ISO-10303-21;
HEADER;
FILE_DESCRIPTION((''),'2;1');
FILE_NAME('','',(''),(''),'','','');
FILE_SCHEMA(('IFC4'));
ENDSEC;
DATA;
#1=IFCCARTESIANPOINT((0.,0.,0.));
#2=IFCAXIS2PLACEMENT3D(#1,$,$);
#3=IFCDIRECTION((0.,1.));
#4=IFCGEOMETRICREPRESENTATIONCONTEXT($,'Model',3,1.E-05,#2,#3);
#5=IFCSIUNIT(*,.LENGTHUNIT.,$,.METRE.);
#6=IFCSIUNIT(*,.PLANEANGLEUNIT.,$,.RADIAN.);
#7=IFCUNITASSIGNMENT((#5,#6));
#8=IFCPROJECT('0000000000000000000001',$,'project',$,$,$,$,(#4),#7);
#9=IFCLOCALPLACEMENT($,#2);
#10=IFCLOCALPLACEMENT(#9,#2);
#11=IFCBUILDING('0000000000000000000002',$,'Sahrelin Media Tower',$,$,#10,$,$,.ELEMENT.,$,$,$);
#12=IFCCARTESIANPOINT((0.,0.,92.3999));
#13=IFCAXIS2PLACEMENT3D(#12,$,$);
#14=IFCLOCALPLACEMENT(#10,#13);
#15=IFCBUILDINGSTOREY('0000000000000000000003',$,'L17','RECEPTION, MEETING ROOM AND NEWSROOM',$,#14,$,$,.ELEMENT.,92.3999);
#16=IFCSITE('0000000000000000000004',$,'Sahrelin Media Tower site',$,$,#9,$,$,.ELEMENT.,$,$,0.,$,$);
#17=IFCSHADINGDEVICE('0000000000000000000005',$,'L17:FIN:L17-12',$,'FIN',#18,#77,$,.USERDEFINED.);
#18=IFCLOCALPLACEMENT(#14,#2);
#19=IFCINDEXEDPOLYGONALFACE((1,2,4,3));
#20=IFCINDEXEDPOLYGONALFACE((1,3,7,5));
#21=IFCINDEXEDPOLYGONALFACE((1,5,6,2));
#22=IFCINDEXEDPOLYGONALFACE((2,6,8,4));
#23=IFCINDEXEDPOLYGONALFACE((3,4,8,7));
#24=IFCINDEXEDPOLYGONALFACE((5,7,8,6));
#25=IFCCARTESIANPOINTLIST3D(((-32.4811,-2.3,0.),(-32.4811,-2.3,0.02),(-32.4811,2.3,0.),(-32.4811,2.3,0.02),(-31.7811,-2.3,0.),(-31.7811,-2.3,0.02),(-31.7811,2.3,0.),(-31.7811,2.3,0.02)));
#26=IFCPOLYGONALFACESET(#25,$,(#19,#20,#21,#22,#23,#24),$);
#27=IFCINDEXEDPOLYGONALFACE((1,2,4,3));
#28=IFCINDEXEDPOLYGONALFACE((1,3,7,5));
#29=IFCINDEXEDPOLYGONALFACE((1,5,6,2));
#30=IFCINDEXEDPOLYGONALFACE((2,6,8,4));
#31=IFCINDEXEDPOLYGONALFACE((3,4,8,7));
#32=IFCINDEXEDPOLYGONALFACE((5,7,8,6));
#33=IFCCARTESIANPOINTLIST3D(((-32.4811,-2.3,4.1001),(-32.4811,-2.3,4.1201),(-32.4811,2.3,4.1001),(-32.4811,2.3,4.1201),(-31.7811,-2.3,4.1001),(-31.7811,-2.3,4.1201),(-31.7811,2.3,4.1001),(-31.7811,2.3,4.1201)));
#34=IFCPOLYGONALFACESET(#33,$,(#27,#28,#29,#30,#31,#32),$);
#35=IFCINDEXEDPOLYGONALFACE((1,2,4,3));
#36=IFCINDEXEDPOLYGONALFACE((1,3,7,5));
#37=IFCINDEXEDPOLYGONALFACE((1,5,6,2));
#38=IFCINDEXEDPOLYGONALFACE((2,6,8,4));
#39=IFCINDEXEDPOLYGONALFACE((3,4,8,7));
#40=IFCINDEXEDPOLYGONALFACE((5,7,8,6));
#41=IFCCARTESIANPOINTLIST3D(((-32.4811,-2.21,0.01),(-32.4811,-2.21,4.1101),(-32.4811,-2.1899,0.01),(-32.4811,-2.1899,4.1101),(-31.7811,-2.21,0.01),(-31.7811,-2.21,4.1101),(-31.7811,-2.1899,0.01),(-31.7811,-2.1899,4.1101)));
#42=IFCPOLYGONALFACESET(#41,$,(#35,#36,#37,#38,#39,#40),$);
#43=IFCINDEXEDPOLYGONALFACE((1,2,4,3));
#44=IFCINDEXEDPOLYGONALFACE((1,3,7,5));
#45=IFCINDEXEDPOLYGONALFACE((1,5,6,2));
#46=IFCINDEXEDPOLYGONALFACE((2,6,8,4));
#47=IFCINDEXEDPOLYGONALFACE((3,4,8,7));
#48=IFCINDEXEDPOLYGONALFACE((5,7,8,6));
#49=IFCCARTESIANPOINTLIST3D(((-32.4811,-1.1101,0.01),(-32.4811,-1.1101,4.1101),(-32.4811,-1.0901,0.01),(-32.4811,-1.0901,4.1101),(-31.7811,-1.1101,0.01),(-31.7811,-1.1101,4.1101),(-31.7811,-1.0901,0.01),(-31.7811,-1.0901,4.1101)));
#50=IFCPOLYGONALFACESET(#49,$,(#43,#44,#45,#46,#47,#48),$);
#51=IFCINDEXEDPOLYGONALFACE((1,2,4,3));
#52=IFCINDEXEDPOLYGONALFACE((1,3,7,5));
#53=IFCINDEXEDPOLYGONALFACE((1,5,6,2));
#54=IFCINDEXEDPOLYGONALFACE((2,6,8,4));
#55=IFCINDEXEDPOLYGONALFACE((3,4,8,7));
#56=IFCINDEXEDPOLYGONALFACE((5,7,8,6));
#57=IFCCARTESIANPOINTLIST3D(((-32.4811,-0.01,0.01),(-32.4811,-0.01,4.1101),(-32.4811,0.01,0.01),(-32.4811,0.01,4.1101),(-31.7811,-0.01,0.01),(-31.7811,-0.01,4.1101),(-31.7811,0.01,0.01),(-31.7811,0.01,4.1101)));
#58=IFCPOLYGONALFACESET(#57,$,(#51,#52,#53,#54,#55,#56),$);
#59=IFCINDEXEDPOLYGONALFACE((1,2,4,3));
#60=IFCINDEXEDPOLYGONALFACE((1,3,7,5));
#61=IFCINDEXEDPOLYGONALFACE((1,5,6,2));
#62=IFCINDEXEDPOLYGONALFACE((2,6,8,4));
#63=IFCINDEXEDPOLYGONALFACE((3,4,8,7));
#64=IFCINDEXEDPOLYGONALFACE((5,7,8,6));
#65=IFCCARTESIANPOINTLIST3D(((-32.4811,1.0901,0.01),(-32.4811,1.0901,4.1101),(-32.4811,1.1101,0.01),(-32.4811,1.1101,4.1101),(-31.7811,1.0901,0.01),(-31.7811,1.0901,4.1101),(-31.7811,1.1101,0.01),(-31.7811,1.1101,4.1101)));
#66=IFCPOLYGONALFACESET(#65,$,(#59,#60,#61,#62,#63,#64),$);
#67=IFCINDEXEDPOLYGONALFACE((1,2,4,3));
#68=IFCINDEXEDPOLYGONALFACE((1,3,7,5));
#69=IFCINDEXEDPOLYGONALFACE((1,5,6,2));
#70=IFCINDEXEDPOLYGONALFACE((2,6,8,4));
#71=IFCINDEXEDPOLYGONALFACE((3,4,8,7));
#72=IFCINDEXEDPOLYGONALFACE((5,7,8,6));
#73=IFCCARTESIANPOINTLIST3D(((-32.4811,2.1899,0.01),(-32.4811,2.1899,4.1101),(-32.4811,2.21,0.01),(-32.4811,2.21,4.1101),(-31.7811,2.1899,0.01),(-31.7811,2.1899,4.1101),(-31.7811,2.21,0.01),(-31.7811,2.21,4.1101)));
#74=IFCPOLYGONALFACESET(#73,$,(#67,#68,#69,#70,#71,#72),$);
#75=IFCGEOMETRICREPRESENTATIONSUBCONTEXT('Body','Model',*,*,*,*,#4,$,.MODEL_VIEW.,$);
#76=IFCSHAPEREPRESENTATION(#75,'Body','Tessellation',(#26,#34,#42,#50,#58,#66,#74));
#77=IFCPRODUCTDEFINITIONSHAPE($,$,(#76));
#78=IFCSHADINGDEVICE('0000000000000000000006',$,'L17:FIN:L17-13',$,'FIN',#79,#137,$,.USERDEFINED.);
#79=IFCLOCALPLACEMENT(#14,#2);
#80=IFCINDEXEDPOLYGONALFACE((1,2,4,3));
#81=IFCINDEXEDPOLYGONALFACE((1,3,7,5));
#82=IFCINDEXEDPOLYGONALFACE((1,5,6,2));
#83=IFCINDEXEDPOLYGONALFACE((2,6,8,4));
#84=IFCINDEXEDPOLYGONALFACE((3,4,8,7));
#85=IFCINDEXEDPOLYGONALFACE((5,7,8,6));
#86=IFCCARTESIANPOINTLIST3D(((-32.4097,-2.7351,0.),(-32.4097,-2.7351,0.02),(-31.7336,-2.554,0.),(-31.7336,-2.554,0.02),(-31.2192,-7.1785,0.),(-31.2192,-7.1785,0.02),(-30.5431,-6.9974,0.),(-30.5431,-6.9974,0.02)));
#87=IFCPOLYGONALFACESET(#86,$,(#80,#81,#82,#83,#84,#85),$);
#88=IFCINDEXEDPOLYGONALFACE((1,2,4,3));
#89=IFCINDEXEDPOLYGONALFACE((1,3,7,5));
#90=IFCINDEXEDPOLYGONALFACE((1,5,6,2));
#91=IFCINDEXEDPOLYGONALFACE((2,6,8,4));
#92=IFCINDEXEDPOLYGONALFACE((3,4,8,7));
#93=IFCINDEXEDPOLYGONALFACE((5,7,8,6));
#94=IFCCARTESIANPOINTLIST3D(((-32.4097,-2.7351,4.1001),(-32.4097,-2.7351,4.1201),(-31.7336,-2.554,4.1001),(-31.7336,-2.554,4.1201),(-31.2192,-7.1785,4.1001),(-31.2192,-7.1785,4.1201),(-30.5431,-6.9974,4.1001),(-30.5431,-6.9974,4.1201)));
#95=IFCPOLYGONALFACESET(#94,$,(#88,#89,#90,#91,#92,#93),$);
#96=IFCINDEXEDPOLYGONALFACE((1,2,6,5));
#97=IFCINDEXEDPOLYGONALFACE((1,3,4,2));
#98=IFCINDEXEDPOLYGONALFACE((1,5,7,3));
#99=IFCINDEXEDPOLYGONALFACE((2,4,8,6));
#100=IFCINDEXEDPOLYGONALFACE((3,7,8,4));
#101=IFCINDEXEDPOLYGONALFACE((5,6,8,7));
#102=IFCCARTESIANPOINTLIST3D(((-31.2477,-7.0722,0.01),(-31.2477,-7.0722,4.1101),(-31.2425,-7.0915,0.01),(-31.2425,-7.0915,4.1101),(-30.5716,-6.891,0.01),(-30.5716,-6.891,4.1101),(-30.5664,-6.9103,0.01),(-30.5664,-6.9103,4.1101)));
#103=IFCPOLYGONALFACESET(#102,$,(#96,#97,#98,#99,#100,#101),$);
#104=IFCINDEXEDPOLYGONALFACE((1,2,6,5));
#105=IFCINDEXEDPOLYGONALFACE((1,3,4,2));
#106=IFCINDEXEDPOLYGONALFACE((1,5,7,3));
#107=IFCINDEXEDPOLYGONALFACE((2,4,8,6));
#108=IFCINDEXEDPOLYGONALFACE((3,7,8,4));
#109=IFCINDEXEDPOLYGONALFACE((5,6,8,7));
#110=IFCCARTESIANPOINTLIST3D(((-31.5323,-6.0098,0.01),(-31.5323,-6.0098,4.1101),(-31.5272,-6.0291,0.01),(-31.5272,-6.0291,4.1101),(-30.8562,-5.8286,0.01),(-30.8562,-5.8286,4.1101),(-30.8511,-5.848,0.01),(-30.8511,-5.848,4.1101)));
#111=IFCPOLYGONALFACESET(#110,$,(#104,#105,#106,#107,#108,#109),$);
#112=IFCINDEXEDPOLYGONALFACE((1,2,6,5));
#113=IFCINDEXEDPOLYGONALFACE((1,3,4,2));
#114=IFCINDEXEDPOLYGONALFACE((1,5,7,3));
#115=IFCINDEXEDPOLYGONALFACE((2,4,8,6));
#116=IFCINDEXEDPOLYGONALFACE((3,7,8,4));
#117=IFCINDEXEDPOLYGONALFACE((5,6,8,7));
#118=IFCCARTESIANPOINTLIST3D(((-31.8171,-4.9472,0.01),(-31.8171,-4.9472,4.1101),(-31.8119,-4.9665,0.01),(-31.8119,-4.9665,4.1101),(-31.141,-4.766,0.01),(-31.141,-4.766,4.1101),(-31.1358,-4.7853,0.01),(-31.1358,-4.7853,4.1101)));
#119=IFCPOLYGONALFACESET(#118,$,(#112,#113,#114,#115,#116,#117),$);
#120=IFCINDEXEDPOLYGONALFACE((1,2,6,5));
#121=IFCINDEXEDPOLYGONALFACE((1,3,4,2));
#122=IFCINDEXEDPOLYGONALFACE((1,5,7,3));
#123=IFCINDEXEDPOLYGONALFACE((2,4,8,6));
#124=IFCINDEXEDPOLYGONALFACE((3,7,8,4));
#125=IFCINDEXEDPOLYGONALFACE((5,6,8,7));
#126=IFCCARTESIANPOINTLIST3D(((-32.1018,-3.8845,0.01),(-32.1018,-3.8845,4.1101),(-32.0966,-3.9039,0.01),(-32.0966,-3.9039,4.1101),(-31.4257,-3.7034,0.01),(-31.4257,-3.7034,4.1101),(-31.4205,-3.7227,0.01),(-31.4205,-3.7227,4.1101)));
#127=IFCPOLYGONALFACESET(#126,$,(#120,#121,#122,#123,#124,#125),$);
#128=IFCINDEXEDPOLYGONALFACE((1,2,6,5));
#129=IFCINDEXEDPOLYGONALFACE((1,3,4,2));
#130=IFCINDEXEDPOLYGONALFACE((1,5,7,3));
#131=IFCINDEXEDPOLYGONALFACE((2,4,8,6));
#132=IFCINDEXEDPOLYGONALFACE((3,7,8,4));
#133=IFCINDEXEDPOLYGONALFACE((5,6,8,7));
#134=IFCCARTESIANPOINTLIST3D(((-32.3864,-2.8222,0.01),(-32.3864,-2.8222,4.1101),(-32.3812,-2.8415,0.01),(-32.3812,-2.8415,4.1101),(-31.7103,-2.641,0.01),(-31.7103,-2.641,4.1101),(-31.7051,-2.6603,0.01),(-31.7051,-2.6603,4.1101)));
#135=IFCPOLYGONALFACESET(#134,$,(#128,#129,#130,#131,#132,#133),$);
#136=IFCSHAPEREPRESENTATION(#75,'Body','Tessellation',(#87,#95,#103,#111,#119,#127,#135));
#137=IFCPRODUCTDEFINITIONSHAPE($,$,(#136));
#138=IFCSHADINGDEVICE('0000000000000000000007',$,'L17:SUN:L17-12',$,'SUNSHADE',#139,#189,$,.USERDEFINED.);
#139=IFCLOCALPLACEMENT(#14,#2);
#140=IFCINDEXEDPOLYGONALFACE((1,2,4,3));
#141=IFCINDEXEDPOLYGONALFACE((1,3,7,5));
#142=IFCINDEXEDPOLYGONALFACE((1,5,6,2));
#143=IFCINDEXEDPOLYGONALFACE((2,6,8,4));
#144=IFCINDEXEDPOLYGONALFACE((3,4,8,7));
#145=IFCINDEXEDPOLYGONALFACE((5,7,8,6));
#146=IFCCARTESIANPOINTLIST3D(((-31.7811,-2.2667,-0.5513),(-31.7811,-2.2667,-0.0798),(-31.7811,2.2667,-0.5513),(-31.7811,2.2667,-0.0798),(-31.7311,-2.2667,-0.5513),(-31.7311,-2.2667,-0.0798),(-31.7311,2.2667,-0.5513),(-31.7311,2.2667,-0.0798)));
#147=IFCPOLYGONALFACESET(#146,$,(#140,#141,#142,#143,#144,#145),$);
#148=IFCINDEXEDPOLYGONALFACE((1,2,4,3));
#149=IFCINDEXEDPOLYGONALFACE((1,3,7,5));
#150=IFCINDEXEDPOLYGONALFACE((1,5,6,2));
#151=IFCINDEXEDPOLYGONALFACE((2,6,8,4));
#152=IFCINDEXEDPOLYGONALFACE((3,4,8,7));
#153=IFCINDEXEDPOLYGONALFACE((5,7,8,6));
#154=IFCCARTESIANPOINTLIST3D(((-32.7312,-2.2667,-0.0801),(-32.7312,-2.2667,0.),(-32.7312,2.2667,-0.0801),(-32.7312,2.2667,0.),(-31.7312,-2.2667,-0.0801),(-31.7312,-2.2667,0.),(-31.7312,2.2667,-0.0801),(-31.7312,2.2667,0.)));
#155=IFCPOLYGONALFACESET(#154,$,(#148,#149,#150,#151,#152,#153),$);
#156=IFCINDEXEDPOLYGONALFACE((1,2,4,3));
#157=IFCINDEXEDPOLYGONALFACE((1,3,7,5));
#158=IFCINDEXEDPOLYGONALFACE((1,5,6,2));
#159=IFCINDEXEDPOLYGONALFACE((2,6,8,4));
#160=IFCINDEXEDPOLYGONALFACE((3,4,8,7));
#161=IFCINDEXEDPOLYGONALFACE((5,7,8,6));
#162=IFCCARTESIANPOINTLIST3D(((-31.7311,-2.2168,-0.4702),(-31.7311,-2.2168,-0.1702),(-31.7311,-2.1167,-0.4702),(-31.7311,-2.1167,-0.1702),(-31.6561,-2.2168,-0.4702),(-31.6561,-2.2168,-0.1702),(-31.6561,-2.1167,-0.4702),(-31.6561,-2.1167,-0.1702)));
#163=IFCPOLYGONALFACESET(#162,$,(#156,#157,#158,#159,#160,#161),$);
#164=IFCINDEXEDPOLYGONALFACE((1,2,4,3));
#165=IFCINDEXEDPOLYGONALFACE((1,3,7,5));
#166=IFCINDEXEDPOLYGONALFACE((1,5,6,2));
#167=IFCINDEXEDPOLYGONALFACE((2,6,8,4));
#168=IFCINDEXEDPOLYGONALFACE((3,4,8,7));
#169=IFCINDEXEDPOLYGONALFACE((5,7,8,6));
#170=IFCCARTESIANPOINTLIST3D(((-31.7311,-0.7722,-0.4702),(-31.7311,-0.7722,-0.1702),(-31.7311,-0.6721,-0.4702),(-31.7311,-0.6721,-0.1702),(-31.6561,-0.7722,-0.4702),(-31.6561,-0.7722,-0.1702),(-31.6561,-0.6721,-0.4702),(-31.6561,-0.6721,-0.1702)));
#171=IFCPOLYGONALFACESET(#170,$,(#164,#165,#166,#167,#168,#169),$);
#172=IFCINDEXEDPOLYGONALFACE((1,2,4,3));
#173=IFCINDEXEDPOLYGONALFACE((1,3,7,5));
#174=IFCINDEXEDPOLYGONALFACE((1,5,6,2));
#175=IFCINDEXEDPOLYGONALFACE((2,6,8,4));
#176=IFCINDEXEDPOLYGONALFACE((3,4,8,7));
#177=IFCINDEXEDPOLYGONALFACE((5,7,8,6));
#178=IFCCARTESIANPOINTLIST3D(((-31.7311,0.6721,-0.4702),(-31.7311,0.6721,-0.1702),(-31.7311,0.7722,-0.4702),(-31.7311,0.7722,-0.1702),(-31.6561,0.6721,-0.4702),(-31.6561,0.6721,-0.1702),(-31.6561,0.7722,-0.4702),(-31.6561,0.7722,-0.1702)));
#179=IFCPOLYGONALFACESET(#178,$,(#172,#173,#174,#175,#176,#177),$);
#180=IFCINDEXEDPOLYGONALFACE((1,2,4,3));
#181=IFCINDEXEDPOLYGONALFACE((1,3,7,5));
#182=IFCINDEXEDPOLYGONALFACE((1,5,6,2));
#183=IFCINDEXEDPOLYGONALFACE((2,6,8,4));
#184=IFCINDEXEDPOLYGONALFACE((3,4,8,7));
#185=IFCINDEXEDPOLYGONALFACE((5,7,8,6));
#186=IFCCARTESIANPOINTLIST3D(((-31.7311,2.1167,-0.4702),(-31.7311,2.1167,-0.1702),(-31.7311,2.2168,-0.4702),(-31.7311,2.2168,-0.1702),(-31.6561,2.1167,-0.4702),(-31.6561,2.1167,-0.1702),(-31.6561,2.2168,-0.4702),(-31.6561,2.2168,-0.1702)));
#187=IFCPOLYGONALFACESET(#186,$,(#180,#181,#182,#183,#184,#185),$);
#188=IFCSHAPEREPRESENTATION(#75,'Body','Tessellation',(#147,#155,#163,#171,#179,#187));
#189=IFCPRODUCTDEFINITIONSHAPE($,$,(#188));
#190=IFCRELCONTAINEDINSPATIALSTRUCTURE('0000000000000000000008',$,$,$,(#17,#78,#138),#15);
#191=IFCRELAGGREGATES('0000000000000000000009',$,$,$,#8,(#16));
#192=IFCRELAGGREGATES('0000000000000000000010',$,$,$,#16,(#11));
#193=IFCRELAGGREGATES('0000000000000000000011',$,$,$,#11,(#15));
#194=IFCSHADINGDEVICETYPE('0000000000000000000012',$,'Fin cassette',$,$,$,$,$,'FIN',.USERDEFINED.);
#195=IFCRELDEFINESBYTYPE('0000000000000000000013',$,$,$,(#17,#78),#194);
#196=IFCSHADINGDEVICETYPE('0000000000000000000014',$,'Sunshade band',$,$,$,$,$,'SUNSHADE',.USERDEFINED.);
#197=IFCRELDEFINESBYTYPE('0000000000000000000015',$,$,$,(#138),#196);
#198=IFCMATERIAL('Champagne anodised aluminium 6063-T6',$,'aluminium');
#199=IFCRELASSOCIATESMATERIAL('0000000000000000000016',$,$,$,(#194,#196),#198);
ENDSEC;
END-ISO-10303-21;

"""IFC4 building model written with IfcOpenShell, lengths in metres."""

from ifc_helpers import new_model, si_unit, direction, frame, origin, origin_2d, place, context, subcontext, project, spatial, rectangle, extrude, material, type_object, element, save


model = new_model("IFC4")

# Units and contexts
model_context = context("Model", 3, precision=1e-05, world=origin(), true_north=direction((0.0, 1.0)))
body_context = subcontext(model_context, "Body", "Model", "MODEL_VIEW")
ifc_project = project(units=[si_unit("LENGTHUNIT", "METRE"), si_unit("PLANEANGLEUNIT", "RADIAN")], contexts=[model_context])

# Site, building, storey
site_placement = place(None, origin())
site = spatial("IfcSite", under=ifc_project, at=site_placement, Name="Sahrelin Media Tower site", CompositionType="ELEMENT", RefElevation=0.0)
building_placement = place(site_placement, origin())
building = spatial("IfcBuilding", under=site, at=building_placement, Name="Sahrelin Media Tower", CompositionType="ELEMENT")
storey_placement = place(building_placement, frame((0.0, 0.0, 92.3999)))
storey = spatial("IfcBuildingStorey", under=building, at=storey_placement, Name="L17", Description="RECEPTION, MEETING ROOM AND NEWSROOM", CompositionType="ELEMENT", Elevation=92.3999)

# Shared definitions
ifc_material_1 = material(Name="Champagne anodised aluminium 6063-T6", Category="aluminium")

# Shading devices
shading_device_type_1 = type_object("IfcShadingDeviceType", Name="Fin cassette", ElementType="FIN", PredefinedType="USERDEFINED", material=ifc_material_1)
placement_1 = place(storey_placement, frame((-31.7112, 0.0, 0.0), z_axis=(0.0, 0.0, 1.0), x_axis=(0.0, 1.0, 0.0)))
element("IfcShadingDevice", 1, at=placement_1, inside=storey, type_object=shading_device_type_1, Name="L17:FIN:L17-12", ObjectType="FIN", PredefinedType="USERDEFINED", context=body_context, shape_type="SweptSolid", body=[
    extrude(rectangle(XDim=4.6001, YDim=0.7, at=origin_2d()), frame((0.0, 0.4199, 0.0)), (0.0, 0.0, 1.0), 0.02),
    extrude(rectangle(XDim=4.6001, YDim=0.7, at=origin_2d()), frame((0.0, 0.4199, 4.1001)), (0.0, 0.0, 1.0), 0.02),
    extrude(rectangle(XDim=0.02, YDim=0.7, at=origin_2d()), frame((-2.2, 0.4199, 0.01), z_axis=(0.0, 0.0, 1.0), x_axis=(1.0, 0.0, 0.0)), (0.0, 0.0, 1.0), 4.1001),
    extrude(rectangle(XDim=0.02, YDim=0.7, at=origin_2d()), frame((-1.1001, 0.4199, 0.01), z_axis=(0.0, 0.0, 1.0), x_axis=(1.0, 0.0, 0.0)), (0.0, 0.0, 1.0), 4.1001),
    extrude(rectangle(XDim=0.02, YDim=0.7, at=origin_2d()), frame((0.0, 0.4199, 0.01), z_axis=(0.0, 0.0, 1.0), x_axis=(1.0, 0.0, 0.0)), (0.0, 0.0, 1.0), 4.1001),
    extrude(rectangle(XDim=0.02, YDim=0.7, at=origin_2d()), frame((1.1001, 0.4199, 0.01), z_axis=(0.0, 0.0, 1.0), x_axis=(1.0, 0.0, 0.0)), (0.0, 0.0, 1.0), 4.1001),
    extrude(rectangle(XDim=0.02, YDim=0.7, at=origin_2d()), frame((2.2, 0.4199, 0.01), z_axis=(0.0, 0.0, 1.0), x_axis=(1.0, 0.0, 0.0)), (0.0, 0.0, 1.0), 4.1001),
])
placement_2 = place(storey_placement, frame((-31.0708, -4.7576, 0.0), z_axis=(0.0, 0.0, 1.0), x_axis=(-0.258808, 0.965929, 0.0)))
element("IfcShadingDevice", 2, at=placement_2, inside=storey, type_object=shading_device_type_1, Name="L17:FIN:L17-13", ObjectType="FIN", PredefinedType="USERDEFINED", context=body_context, shape_type="SweptSolid", body=[
    extrude(rectangle(XDim=4.6001, YDim=0.7, at=origin_2d()), frame((0.0, 0.4199, 0.0)), (0.0, 0.0, 1.0), 0.02),
    extrude(rectangle(XDim=4.6001, YDim=0.7, at=origin_2d()), frame((0.0, 0.4199, 4.1001)), (0.0, 0.0, 1.0), 0.02),
    extrude(rectangle(XDim=0.02, YDim=0.7, at=origin_2d()), frame((-2.2, 0.4199, 0.01), z_axis=(0.0, 0.0, 1.0), x_axis=(1.0, 0.0, 0.0)), (0.0, 0.0, 1.0), 4.1001),
    extrude(rectangle(XDim=0.02, YDim=0.7, at=origin_2d()), frame((-1.1001, 0.4199, 0.01), z_axis=(0.0, 0.0, 1.0), x_axis=(1.0, 0.0, 0.0)), (0.0, 0.0, 1.0), 4.1001),
    extrude(rectangle(XDim=0.02, YDim=0.7, at=origin_2d()), frame((0.0, 0.4199, 0.01), z_axis=(0.0, 0.0, 1.0), x_axis=(1.0, 0.0, 0.0)), (0.0, 0.0, 1.0), 4.1001),
    extrude(rectangle(XDim=0.02, YDim=0.7, at=origin_2d()), frame((1.1001, 0.4199, 0.01), z_axis=(0.0, 0.0, 1.0), x_axis=(1.0, 0.0, 0.0)), (0.0, 0.0, 1.0), 4.1001),
    extrude(rectangle(XDim=0.02, YDim=0.7, at=origin_2d()), frame((2.2, 0.4199, 0.01), z_axis=(0.0, 0.0, 1.0), x_axis=(1.0, 0.0, 0.0)), (0.0, 0.0, 1.0), 4.1001),
])
shading_device_type_2 = type_object("IfcShadingDeviceType", Name="Sunshade band", ElementType="SUNSHADE", PredefinedType="USERDEFINED", material=ifc_material_1)
element("IfcShadingDevice", 3, at=placement_1, inside=storey, type_object=shading_device_type_2, Name="L17:SUN:L17-12", ObjectType="SUNSHADE", PredefinedType="USERDEFINED", context=body_context, shape_type="SweptSolid", body=[
    extrude(rectangle(XDim=4.5334, YDim=0.05, at=origin_2d()), frame((0.0, 0.0449, -0.5513)), (0.0, 0.0, 1.0), 0.4714),
    extrude(rectangle(XDim=4.5334, YDim=1.0, at=origin_2d()), frame((0.0, 0.52, -0.0801)), (0.0, 0.0, 1.0), 0.0801),
    extrude(rectangle(XDim=0.1001, YDim=0.075, at=origin_2d()), frame((-2.1667, -0.0176, -0.4702)), (0.0, 0.0, 1.0), 0.3),
    extrude(rectangle(XDim=0.1001, YDim=0.075, at=origin_2d()), frame((-0.7222, -0.0176, -0.4702)), (0.0, 0.0, 1.0), 0.3),
    extrude(rectangle(XDim=0.1001, YDim=0.075, at=origin_2d()), frame((0.7222, -0.0176, -0.4702)), (0.0, 0.0, 1.0), 0.3),
    extrude(rectangle(XDim=0.1001, YDim=0.075, at=origin_2d()), frame((2.1667, -0.0176, -0.4702)), (0.0, 0.0, 1.0), 0.3),
])

save(model, "model.ifc")
